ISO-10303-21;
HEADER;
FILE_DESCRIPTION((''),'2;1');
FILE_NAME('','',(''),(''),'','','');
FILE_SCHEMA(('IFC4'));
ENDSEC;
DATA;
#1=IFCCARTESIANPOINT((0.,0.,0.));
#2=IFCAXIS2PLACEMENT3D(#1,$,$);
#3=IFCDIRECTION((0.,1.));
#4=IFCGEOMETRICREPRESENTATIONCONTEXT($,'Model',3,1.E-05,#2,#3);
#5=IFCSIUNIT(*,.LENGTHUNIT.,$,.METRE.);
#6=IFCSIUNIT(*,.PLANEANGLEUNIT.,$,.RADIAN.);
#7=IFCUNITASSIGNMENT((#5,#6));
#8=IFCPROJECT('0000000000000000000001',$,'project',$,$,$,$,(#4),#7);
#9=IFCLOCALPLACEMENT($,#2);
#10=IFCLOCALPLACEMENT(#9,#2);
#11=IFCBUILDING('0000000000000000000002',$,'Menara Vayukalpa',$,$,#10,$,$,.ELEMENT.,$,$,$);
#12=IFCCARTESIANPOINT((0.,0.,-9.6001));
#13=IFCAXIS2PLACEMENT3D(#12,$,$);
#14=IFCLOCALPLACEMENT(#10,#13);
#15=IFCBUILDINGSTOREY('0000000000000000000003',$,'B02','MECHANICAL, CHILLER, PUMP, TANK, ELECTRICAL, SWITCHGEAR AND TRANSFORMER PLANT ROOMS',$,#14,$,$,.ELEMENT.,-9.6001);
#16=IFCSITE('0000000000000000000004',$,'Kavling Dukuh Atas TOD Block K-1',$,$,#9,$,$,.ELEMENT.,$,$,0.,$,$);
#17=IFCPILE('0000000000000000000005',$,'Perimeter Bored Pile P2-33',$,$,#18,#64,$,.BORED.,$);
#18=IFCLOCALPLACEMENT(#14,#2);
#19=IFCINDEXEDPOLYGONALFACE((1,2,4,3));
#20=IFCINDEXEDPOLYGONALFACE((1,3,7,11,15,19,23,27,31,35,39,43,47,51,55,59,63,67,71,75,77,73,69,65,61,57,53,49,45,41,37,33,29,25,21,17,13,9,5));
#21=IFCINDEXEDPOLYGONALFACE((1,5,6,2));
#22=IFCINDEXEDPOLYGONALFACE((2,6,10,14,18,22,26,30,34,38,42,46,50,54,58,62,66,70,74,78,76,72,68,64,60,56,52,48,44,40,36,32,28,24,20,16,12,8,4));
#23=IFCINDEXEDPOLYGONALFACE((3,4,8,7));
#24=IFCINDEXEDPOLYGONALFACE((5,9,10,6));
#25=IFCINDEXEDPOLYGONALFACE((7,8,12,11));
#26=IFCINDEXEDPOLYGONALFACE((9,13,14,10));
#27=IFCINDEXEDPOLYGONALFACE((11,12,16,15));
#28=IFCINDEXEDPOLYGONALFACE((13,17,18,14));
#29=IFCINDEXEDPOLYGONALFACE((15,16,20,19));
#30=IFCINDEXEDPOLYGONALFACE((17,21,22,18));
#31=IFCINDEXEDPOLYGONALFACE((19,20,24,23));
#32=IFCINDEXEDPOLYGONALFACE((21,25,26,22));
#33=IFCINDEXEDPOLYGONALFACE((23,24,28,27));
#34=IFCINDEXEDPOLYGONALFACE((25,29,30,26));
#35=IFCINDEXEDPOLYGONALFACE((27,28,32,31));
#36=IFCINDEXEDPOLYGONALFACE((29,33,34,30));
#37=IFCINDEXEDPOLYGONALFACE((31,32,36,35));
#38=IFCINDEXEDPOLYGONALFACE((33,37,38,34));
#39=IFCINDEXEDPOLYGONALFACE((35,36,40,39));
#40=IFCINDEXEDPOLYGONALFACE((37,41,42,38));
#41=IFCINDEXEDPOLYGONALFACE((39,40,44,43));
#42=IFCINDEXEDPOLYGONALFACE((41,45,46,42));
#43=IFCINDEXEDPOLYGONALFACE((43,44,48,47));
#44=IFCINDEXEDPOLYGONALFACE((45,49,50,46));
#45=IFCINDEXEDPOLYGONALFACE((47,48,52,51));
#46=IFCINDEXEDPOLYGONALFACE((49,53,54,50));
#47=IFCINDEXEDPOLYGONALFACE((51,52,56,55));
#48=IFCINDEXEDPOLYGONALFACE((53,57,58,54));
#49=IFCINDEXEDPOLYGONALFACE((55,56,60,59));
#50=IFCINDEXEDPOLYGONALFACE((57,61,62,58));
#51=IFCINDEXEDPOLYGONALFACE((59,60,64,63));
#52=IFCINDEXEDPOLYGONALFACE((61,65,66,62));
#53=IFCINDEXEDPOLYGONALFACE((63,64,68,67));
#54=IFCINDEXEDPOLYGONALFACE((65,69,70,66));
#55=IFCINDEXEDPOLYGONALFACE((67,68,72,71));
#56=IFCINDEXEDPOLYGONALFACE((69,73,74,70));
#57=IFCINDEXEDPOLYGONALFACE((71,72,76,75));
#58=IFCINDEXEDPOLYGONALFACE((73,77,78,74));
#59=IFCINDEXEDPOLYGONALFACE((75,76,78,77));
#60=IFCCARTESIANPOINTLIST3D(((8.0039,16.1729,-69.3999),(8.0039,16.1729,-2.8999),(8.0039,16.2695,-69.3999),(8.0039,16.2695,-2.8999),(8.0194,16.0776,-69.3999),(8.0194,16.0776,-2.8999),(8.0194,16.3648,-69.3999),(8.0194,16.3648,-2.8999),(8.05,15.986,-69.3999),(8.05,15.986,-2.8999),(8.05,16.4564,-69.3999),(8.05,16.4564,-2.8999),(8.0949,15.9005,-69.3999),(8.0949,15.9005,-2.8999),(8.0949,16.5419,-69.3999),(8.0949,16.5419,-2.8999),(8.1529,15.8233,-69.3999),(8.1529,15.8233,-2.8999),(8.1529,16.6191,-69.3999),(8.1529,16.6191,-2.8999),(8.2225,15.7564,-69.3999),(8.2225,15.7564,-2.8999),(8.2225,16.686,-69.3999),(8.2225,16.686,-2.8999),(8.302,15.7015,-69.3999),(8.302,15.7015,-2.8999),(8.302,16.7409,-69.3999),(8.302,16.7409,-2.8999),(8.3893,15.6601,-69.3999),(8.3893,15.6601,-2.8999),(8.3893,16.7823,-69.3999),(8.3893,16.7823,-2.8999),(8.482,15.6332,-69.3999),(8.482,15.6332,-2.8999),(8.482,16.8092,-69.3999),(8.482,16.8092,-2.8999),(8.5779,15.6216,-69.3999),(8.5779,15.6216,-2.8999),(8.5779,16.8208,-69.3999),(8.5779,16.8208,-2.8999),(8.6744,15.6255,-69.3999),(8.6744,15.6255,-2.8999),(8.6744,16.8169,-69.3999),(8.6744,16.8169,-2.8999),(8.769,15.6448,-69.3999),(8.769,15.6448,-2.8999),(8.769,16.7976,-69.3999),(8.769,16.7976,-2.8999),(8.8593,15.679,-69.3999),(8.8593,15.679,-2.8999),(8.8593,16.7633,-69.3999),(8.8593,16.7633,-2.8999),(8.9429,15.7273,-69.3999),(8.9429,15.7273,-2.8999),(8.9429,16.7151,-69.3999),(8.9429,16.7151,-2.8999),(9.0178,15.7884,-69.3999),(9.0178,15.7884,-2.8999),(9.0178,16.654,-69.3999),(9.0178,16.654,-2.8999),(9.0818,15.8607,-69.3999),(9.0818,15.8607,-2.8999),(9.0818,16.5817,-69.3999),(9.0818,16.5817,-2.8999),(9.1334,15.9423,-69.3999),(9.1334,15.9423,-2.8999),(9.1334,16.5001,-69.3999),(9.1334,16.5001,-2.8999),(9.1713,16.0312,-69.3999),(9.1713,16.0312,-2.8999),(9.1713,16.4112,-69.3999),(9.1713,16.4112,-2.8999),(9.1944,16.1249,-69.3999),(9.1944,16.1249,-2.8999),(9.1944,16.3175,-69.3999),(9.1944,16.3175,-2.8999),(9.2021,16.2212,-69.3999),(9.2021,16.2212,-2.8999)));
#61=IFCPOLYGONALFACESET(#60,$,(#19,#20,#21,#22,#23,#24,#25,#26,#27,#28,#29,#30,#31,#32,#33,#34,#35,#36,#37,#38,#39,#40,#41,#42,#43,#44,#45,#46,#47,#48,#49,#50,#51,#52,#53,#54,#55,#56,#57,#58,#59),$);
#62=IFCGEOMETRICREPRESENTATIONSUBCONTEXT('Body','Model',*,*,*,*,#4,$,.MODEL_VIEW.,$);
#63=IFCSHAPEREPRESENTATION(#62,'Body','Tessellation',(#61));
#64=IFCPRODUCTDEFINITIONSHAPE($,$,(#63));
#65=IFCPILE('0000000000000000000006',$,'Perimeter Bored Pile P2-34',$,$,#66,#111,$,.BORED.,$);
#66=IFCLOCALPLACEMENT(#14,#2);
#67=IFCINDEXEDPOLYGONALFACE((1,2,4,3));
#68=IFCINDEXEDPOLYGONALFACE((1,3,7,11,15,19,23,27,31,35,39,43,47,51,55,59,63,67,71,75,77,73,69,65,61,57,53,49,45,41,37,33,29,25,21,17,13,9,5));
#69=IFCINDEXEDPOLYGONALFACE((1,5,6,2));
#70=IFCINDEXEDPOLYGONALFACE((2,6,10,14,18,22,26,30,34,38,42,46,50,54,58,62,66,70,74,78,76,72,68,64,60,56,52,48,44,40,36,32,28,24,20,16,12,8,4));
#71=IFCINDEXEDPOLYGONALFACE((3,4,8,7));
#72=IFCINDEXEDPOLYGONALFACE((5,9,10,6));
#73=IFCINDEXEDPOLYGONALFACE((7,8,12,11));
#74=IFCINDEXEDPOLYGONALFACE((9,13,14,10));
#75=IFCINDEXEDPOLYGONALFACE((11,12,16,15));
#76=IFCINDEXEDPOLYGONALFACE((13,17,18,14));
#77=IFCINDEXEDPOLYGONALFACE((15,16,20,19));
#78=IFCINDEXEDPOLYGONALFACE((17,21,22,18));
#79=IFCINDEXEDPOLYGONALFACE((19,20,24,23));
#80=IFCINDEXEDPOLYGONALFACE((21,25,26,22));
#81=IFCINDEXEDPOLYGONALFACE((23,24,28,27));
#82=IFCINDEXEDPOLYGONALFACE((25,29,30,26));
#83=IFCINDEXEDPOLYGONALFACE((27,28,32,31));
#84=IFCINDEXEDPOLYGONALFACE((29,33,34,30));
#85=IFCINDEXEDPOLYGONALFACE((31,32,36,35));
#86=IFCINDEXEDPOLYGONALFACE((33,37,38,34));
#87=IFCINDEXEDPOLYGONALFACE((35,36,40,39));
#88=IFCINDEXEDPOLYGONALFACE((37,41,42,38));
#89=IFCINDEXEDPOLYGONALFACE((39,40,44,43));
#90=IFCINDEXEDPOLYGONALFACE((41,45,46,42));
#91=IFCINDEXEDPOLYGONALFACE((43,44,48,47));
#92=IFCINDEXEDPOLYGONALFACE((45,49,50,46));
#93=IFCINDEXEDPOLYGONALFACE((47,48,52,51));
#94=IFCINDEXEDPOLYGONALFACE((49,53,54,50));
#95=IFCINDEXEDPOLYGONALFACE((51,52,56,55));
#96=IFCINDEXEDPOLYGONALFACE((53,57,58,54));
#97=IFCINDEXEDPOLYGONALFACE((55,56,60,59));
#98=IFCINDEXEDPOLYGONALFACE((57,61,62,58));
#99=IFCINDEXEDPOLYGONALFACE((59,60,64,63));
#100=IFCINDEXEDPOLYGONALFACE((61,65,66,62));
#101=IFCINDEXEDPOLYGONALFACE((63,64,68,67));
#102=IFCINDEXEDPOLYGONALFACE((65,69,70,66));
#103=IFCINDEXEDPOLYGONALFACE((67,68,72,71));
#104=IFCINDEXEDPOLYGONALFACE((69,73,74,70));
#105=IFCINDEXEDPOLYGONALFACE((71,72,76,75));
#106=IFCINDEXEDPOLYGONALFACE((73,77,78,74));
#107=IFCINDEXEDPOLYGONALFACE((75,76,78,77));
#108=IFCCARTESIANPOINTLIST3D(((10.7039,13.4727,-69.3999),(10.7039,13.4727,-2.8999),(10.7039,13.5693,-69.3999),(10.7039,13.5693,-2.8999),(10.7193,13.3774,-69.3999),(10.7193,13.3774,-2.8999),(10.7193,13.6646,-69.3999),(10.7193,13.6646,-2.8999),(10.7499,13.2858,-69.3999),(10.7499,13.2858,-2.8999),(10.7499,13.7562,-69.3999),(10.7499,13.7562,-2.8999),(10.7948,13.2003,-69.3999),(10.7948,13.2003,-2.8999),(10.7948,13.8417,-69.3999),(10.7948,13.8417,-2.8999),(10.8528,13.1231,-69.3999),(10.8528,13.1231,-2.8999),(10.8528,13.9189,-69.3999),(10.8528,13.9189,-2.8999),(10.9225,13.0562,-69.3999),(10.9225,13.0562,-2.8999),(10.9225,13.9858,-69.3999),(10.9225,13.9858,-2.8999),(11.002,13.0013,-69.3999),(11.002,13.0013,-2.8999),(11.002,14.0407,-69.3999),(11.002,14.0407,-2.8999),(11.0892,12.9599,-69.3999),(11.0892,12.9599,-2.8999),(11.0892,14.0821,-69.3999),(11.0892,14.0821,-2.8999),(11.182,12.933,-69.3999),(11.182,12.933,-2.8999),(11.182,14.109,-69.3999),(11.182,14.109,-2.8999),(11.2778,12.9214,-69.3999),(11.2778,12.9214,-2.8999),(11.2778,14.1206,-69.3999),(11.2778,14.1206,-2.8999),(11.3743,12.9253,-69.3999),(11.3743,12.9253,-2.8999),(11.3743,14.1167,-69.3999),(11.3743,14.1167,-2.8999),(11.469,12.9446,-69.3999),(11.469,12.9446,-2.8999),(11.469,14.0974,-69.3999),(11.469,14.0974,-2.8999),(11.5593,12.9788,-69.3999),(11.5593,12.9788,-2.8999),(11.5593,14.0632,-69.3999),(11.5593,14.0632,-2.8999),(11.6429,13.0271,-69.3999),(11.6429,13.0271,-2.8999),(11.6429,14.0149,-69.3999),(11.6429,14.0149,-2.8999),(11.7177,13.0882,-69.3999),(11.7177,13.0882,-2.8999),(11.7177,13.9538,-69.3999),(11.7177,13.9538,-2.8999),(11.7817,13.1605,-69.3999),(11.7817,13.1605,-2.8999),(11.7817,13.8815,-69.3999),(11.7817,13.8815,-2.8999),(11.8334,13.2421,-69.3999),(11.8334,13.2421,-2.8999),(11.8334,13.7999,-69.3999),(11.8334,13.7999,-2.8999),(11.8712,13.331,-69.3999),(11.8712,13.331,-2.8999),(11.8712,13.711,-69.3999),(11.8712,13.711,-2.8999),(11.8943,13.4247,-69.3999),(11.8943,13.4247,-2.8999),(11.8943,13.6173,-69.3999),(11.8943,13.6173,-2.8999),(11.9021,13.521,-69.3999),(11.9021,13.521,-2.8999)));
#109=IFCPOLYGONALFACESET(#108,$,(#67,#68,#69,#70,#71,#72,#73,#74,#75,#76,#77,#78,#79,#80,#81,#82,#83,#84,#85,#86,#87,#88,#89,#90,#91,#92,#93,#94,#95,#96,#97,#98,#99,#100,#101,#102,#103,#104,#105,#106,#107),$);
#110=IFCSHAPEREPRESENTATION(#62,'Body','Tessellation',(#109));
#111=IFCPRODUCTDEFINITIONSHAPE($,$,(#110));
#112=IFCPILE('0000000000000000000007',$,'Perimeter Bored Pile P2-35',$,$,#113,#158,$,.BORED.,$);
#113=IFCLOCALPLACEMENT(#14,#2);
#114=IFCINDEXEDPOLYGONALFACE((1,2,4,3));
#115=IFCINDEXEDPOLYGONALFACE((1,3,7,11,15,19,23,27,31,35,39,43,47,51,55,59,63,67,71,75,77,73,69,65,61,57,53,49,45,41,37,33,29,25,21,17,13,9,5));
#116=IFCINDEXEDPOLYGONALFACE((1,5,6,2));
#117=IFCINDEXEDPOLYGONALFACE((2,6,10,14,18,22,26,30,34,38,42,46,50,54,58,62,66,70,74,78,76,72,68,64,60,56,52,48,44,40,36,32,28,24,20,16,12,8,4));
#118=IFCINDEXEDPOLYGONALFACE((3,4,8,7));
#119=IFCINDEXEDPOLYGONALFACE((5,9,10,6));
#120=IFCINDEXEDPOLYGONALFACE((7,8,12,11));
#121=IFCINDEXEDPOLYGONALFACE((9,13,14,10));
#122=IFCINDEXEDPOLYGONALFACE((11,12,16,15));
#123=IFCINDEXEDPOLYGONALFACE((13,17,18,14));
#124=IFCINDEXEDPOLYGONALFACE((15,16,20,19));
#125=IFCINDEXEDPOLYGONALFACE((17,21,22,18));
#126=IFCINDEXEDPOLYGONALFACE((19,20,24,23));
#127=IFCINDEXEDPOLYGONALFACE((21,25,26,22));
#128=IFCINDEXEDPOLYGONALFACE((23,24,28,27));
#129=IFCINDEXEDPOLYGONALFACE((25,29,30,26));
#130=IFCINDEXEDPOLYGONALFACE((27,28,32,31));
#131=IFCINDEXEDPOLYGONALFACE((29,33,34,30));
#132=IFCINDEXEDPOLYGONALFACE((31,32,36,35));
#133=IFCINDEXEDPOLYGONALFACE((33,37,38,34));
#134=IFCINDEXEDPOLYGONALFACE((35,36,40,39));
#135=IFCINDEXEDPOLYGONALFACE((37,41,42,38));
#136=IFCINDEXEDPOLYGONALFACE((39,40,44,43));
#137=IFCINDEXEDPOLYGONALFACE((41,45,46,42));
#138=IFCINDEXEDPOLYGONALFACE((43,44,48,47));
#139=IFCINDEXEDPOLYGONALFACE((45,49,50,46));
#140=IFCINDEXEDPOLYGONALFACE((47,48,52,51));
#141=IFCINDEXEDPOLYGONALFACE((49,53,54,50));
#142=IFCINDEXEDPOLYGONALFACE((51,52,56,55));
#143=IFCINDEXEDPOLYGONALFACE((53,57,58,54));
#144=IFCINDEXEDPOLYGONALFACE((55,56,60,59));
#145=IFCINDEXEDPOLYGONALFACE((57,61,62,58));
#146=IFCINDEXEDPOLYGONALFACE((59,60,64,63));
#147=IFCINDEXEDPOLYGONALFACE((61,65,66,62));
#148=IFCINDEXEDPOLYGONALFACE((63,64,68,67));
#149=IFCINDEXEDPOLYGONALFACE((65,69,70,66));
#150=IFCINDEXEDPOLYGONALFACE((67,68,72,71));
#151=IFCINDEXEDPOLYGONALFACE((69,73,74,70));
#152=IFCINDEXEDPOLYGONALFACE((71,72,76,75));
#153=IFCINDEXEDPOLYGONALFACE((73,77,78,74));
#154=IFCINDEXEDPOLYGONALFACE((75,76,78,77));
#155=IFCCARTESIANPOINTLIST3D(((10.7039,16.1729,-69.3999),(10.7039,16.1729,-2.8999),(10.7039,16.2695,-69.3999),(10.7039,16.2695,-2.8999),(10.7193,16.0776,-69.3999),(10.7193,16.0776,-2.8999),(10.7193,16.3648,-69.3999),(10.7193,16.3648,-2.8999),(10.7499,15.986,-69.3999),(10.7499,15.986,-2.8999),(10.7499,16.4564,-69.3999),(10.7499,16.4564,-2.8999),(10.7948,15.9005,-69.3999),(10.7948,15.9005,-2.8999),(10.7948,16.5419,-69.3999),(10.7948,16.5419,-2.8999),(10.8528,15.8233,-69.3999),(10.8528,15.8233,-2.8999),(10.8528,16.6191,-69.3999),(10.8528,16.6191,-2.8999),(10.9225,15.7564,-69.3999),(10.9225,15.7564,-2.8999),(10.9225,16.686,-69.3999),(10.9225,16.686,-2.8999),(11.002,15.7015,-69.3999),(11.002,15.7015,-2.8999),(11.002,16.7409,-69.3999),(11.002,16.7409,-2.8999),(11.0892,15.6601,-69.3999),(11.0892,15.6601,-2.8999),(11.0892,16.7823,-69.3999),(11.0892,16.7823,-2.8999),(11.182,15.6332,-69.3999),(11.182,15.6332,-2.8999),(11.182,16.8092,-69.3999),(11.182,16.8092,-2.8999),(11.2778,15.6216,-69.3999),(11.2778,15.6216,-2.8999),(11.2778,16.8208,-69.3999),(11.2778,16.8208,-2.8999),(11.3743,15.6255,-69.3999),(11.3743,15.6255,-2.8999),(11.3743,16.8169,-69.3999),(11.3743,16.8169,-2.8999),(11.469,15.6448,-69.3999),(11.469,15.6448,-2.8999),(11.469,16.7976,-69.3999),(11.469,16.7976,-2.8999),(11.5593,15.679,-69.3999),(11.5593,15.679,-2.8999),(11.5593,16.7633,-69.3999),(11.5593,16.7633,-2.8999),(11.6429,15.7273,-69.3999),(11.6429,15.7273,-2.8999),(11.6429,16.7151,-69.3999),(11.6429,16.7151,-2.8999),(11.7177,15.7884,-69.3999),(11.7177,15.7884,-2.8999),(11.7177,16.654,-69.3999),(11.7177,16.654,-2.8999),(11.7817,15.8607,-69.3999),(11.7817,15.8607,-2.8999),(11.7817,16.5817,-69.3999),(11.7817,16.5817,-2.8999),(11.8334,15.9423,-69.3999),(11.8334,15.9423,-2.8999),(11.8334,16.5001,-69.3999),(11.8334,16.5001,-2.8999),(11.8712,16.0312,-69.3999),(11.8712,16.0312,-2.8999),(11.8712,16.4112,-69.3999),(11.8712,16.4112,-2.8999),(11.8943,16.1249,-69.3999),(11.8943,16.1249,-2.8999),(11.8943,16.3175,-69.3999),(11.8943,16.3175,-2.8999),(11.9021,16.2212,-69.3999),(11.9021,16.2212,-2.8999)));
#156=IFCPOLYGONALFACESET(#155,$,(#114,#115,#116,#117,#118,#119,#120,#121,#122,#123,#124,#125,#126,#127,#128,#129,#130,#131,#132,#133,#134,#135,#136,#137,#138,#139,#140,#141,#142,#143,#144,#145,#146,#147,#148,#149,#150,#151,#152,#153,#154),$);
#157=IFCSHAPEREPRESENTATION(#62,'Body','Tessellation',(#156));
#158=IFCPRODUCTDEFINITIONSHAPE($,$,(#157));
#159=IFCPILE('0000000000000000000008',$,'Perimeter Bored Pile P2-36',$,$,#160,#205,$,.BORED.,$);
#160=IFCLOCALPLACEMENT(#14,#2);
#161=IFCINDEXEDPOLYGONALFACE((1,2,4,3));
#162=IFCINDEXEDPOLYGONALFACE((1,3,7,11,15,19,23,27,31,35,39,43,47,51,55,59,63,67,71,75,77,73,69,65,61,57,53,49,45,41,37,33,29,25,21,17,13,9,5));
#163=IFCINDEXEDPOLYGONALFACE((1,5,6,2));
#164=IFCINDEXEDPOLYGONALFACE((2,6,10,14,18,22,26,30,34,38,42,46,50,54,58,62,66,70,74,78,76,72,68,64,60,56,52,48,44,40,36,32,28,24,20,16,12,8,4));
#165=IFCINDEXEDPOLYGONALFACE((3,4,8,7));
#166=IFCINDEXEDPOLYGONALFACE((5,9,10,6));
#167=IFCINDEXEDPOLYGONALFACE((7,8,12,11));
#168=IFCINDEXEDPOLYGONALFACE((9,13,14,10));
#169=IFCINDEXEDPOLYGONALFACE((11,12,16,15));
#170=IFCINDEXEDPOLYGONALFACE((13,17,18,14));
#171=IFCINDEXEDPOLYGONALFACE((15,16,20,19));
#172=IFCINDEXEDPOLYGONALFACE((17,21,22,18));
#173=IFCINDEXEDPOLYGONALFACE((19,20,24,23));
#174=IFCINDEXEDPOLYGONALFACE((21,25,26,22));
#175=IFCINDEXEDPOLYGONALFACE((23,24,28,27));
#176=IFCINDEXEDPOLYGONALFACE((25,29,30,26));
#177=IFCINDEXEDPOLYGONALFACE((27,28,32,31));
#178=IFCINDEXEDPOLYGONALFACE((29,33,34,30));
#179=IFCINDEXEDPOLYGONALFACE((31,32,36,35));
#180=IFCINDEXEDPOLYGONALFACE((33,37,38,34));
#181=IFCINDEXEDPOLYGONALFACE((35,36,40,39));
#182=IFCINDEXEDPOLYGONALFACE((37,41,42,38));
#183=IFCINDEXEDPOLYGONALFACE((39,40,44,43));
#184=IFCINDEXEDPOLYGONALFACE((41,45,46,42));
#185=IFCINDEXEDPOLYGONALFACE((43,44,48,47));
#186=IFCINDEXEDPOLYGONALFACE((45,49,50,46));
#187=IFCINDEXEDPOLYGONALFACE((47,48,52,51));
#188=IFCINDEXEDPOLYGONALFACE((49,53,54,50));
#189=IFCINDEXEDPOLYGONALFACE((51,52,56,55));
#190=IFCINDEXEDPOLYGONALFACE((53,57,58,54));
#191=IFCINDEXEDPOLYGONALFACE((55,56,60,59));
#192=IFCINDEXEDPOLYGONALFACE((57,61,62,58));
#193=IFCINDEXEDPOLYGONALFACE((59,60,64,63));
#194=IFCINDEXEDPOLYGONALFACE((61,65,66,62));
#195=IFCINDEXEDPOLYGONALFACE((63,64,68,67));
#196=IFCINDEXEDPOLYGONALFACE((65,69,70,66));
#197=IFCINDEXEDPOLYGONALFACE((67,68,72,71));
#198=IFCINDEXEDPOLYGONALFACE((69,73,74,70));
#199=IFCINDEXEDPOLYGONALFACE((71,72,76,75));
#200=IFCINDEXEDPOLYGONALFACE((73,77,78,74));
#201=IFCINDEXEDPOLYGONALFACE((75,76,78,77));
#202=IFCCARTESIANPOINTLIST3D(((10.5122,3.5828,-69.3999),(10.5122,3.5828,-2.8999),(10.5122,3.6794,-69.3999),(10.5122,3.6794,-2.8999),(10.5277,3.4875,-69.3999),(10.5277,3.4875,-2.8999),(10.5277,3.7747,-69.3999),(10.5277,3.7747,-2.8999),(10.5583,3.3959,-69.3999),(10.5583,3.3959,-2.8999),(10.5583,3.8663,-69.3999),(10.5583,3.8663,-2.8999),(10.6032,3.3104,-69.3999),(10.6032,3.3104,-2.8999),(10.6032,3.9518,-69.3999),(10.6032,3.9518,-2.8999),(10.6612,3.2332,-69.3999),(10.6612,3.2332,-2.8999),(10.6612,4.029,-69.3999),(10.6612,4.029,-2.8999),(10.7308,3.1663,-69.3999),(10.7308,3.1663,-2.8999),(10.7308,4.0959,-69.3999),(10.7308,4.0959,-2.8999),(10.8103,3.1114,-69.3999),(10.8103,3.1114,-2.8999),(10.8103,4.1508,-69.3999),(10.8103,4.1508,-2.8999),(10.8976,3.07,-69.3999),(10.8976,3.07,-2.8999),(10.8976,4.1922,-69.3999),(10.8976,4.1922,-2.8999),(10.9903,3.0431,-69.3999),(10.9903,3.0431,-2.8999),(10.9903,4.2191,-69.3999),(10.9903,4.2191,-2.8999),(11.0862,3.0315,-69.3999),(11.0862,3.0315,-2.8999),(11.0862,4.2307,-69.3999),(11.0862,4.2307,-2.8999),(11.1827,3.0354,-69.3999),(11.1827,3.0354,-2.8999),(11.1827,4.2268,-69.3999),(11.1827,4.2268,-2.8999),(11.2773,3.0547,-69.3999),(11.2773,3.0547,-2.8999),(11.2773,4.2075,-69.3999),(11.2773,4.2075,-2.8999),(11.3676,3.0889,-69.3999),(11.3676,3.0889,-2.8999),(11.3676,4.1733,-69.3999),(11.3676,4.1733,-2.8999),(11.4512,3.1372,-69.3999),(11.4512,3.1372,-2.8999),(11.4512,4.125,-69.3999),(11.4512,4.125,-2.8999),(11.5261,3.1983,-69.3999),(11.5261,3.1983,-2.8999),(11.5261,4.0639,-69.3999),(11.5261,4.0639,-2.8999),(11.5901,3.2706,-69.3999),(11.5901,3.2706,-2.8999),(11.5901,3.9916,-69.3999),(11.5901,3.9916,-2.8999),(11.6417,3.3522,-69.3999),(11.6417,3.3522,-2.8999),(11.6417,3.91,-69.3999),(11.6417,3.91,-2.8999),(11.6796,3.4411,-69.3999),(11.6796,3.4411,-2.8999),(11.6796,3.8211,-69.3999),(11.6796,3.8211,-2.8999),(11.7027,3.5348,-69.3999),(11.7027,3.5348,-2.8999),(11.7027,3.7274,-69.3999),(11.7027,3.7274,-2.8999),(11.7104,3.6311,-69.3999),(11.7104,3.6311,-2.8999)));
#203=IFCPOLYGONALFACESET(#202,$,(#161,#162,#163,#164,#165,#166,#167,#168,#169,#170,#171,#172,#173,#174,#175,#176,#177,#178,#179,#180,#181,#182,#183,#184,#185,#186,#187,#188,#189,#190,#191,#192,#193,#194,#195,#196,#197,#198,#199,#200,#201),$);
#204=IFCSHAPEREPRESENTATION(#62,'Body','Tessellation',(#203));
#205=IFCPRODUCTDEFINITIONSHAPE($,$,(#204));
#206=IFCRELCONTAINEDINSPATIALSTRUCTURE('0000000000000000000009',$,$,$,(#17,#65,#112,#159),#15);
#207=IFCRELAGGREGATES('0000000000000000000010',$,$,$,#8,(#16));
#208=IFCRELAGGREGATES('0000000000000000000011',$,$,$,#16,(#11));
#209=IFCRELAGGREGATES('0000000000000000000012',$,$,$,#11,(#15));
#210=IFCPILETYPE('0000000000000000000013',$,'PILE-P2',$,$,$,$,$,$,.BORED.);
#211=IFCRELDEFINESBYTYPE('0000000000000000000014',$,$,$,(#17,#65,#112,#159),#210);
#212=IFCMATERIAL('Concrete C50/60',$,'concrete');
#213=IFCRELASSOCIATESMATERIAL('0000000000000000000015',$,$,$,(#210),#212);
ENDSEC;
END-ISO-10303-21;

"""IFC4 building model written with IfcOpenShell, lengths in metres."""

from ifc_helpers import new_model, si_unit, direction, frame, origin, origin_2d, place, context, subcontext, project, spatial, circle, extrude, material, material_profile, profile_set, type_object, element, save


model = new_model("IFC4")

# Units and contexts
model_context = context("Model", 3, precision=1e-05, world=origin(), true_north=direction((0.0, 1.0)))
body_context = subcontext(model_context, "Body", "Model", "MODEL_VIEW")
ifc_project = project(units=[si_unit("LENGTHUNIT", "METRE"), si_unit("PLANEANGLEUNIT", "RADIAN")], contexts=[model_context])

# Site, building, storey
site_placement = place(None, origin())
site = spatial("IfcSite", under=ifc_project, at=site_placement, Name="Kavling Dukuh Atas TOD Block K-1", CompositionType="ELEMENT", RefElevation=0.0)
building_placement = place(site_placement, origin())
building = spatial("IfcBuilding", under=site, at=building_placement, Name="Menara Vayukalpa", CompositionType="ELEMENT")
storey_placement = place(building_placement, frame((0.0, 0.0, -9.6001)))
storey = spatial("IfcBuildingStorey", under=building, at=storey_placement, Name="B02", Description="MECHANICAL, CHILLER, PUMP, TANK, ELECTRICAL, SWITCHGEAR AND TRANSFORMER PLANT ROOMS", CompositionType="ELEMENT", Elevation=-9.6001)

# Piles
ifc_material_1 = material(Name="Concrete C50/60", Category="concrete")
ifc_material_profile_1 = material_profile(ifc_material_1, circle(Radius=0.6001, at=origin_2d()), Name="PILE D1200")
ifc_profile_set_1 = profile_set([ifc_material_profile_1], Name="Concrete C50/60")
pile_type = type_object("IfcPileType", Name="PILE-P2", PredefinedType="BORED", material=ifc_profile_set_1)
for number, where, z_axis, x_axis, name in (
    (1, (8.6021, 16.2212, -2.8999), (0.0, 0.0, -1.0), (1.0, 0.0, 0.0), "Perimeter Bored Pile P2-33"),
    (2, (11.302, 13.521, -2.8999), (0.0, 0.0, -1.0), (1.0, 0.0, 0.0), "Perimeter Bored Pile P2-34"),
    (3, (11.302, 16.2212, -2.8999), (0.0, 0.0, -1.0), (1.0, 0.0, 0.0), "Perimeter Bored Pile P2-35"),
    (4, (11.1104, 3.6311, -2.8999), (0.0, 0.0, -1.0), (1.0, 0.0, 0.0), "Perimeter Bored Pile P2-36"),
):
    element("IfcPile", number, at=place(storey_placement, frame(where, z_axis=z_axis, x_axis=x_axis)), inside=storey, type_object=pile_type, Name=name, PredefinedType="BORED", context=body_context, shape_type="SweptSolid", body=[
        extrude(circle(Radius=0.6001, at=origin_2d()), origin(), (0.0, 0.0, 1.0), 66.5),
    ])

save(model, "model.ifc")
